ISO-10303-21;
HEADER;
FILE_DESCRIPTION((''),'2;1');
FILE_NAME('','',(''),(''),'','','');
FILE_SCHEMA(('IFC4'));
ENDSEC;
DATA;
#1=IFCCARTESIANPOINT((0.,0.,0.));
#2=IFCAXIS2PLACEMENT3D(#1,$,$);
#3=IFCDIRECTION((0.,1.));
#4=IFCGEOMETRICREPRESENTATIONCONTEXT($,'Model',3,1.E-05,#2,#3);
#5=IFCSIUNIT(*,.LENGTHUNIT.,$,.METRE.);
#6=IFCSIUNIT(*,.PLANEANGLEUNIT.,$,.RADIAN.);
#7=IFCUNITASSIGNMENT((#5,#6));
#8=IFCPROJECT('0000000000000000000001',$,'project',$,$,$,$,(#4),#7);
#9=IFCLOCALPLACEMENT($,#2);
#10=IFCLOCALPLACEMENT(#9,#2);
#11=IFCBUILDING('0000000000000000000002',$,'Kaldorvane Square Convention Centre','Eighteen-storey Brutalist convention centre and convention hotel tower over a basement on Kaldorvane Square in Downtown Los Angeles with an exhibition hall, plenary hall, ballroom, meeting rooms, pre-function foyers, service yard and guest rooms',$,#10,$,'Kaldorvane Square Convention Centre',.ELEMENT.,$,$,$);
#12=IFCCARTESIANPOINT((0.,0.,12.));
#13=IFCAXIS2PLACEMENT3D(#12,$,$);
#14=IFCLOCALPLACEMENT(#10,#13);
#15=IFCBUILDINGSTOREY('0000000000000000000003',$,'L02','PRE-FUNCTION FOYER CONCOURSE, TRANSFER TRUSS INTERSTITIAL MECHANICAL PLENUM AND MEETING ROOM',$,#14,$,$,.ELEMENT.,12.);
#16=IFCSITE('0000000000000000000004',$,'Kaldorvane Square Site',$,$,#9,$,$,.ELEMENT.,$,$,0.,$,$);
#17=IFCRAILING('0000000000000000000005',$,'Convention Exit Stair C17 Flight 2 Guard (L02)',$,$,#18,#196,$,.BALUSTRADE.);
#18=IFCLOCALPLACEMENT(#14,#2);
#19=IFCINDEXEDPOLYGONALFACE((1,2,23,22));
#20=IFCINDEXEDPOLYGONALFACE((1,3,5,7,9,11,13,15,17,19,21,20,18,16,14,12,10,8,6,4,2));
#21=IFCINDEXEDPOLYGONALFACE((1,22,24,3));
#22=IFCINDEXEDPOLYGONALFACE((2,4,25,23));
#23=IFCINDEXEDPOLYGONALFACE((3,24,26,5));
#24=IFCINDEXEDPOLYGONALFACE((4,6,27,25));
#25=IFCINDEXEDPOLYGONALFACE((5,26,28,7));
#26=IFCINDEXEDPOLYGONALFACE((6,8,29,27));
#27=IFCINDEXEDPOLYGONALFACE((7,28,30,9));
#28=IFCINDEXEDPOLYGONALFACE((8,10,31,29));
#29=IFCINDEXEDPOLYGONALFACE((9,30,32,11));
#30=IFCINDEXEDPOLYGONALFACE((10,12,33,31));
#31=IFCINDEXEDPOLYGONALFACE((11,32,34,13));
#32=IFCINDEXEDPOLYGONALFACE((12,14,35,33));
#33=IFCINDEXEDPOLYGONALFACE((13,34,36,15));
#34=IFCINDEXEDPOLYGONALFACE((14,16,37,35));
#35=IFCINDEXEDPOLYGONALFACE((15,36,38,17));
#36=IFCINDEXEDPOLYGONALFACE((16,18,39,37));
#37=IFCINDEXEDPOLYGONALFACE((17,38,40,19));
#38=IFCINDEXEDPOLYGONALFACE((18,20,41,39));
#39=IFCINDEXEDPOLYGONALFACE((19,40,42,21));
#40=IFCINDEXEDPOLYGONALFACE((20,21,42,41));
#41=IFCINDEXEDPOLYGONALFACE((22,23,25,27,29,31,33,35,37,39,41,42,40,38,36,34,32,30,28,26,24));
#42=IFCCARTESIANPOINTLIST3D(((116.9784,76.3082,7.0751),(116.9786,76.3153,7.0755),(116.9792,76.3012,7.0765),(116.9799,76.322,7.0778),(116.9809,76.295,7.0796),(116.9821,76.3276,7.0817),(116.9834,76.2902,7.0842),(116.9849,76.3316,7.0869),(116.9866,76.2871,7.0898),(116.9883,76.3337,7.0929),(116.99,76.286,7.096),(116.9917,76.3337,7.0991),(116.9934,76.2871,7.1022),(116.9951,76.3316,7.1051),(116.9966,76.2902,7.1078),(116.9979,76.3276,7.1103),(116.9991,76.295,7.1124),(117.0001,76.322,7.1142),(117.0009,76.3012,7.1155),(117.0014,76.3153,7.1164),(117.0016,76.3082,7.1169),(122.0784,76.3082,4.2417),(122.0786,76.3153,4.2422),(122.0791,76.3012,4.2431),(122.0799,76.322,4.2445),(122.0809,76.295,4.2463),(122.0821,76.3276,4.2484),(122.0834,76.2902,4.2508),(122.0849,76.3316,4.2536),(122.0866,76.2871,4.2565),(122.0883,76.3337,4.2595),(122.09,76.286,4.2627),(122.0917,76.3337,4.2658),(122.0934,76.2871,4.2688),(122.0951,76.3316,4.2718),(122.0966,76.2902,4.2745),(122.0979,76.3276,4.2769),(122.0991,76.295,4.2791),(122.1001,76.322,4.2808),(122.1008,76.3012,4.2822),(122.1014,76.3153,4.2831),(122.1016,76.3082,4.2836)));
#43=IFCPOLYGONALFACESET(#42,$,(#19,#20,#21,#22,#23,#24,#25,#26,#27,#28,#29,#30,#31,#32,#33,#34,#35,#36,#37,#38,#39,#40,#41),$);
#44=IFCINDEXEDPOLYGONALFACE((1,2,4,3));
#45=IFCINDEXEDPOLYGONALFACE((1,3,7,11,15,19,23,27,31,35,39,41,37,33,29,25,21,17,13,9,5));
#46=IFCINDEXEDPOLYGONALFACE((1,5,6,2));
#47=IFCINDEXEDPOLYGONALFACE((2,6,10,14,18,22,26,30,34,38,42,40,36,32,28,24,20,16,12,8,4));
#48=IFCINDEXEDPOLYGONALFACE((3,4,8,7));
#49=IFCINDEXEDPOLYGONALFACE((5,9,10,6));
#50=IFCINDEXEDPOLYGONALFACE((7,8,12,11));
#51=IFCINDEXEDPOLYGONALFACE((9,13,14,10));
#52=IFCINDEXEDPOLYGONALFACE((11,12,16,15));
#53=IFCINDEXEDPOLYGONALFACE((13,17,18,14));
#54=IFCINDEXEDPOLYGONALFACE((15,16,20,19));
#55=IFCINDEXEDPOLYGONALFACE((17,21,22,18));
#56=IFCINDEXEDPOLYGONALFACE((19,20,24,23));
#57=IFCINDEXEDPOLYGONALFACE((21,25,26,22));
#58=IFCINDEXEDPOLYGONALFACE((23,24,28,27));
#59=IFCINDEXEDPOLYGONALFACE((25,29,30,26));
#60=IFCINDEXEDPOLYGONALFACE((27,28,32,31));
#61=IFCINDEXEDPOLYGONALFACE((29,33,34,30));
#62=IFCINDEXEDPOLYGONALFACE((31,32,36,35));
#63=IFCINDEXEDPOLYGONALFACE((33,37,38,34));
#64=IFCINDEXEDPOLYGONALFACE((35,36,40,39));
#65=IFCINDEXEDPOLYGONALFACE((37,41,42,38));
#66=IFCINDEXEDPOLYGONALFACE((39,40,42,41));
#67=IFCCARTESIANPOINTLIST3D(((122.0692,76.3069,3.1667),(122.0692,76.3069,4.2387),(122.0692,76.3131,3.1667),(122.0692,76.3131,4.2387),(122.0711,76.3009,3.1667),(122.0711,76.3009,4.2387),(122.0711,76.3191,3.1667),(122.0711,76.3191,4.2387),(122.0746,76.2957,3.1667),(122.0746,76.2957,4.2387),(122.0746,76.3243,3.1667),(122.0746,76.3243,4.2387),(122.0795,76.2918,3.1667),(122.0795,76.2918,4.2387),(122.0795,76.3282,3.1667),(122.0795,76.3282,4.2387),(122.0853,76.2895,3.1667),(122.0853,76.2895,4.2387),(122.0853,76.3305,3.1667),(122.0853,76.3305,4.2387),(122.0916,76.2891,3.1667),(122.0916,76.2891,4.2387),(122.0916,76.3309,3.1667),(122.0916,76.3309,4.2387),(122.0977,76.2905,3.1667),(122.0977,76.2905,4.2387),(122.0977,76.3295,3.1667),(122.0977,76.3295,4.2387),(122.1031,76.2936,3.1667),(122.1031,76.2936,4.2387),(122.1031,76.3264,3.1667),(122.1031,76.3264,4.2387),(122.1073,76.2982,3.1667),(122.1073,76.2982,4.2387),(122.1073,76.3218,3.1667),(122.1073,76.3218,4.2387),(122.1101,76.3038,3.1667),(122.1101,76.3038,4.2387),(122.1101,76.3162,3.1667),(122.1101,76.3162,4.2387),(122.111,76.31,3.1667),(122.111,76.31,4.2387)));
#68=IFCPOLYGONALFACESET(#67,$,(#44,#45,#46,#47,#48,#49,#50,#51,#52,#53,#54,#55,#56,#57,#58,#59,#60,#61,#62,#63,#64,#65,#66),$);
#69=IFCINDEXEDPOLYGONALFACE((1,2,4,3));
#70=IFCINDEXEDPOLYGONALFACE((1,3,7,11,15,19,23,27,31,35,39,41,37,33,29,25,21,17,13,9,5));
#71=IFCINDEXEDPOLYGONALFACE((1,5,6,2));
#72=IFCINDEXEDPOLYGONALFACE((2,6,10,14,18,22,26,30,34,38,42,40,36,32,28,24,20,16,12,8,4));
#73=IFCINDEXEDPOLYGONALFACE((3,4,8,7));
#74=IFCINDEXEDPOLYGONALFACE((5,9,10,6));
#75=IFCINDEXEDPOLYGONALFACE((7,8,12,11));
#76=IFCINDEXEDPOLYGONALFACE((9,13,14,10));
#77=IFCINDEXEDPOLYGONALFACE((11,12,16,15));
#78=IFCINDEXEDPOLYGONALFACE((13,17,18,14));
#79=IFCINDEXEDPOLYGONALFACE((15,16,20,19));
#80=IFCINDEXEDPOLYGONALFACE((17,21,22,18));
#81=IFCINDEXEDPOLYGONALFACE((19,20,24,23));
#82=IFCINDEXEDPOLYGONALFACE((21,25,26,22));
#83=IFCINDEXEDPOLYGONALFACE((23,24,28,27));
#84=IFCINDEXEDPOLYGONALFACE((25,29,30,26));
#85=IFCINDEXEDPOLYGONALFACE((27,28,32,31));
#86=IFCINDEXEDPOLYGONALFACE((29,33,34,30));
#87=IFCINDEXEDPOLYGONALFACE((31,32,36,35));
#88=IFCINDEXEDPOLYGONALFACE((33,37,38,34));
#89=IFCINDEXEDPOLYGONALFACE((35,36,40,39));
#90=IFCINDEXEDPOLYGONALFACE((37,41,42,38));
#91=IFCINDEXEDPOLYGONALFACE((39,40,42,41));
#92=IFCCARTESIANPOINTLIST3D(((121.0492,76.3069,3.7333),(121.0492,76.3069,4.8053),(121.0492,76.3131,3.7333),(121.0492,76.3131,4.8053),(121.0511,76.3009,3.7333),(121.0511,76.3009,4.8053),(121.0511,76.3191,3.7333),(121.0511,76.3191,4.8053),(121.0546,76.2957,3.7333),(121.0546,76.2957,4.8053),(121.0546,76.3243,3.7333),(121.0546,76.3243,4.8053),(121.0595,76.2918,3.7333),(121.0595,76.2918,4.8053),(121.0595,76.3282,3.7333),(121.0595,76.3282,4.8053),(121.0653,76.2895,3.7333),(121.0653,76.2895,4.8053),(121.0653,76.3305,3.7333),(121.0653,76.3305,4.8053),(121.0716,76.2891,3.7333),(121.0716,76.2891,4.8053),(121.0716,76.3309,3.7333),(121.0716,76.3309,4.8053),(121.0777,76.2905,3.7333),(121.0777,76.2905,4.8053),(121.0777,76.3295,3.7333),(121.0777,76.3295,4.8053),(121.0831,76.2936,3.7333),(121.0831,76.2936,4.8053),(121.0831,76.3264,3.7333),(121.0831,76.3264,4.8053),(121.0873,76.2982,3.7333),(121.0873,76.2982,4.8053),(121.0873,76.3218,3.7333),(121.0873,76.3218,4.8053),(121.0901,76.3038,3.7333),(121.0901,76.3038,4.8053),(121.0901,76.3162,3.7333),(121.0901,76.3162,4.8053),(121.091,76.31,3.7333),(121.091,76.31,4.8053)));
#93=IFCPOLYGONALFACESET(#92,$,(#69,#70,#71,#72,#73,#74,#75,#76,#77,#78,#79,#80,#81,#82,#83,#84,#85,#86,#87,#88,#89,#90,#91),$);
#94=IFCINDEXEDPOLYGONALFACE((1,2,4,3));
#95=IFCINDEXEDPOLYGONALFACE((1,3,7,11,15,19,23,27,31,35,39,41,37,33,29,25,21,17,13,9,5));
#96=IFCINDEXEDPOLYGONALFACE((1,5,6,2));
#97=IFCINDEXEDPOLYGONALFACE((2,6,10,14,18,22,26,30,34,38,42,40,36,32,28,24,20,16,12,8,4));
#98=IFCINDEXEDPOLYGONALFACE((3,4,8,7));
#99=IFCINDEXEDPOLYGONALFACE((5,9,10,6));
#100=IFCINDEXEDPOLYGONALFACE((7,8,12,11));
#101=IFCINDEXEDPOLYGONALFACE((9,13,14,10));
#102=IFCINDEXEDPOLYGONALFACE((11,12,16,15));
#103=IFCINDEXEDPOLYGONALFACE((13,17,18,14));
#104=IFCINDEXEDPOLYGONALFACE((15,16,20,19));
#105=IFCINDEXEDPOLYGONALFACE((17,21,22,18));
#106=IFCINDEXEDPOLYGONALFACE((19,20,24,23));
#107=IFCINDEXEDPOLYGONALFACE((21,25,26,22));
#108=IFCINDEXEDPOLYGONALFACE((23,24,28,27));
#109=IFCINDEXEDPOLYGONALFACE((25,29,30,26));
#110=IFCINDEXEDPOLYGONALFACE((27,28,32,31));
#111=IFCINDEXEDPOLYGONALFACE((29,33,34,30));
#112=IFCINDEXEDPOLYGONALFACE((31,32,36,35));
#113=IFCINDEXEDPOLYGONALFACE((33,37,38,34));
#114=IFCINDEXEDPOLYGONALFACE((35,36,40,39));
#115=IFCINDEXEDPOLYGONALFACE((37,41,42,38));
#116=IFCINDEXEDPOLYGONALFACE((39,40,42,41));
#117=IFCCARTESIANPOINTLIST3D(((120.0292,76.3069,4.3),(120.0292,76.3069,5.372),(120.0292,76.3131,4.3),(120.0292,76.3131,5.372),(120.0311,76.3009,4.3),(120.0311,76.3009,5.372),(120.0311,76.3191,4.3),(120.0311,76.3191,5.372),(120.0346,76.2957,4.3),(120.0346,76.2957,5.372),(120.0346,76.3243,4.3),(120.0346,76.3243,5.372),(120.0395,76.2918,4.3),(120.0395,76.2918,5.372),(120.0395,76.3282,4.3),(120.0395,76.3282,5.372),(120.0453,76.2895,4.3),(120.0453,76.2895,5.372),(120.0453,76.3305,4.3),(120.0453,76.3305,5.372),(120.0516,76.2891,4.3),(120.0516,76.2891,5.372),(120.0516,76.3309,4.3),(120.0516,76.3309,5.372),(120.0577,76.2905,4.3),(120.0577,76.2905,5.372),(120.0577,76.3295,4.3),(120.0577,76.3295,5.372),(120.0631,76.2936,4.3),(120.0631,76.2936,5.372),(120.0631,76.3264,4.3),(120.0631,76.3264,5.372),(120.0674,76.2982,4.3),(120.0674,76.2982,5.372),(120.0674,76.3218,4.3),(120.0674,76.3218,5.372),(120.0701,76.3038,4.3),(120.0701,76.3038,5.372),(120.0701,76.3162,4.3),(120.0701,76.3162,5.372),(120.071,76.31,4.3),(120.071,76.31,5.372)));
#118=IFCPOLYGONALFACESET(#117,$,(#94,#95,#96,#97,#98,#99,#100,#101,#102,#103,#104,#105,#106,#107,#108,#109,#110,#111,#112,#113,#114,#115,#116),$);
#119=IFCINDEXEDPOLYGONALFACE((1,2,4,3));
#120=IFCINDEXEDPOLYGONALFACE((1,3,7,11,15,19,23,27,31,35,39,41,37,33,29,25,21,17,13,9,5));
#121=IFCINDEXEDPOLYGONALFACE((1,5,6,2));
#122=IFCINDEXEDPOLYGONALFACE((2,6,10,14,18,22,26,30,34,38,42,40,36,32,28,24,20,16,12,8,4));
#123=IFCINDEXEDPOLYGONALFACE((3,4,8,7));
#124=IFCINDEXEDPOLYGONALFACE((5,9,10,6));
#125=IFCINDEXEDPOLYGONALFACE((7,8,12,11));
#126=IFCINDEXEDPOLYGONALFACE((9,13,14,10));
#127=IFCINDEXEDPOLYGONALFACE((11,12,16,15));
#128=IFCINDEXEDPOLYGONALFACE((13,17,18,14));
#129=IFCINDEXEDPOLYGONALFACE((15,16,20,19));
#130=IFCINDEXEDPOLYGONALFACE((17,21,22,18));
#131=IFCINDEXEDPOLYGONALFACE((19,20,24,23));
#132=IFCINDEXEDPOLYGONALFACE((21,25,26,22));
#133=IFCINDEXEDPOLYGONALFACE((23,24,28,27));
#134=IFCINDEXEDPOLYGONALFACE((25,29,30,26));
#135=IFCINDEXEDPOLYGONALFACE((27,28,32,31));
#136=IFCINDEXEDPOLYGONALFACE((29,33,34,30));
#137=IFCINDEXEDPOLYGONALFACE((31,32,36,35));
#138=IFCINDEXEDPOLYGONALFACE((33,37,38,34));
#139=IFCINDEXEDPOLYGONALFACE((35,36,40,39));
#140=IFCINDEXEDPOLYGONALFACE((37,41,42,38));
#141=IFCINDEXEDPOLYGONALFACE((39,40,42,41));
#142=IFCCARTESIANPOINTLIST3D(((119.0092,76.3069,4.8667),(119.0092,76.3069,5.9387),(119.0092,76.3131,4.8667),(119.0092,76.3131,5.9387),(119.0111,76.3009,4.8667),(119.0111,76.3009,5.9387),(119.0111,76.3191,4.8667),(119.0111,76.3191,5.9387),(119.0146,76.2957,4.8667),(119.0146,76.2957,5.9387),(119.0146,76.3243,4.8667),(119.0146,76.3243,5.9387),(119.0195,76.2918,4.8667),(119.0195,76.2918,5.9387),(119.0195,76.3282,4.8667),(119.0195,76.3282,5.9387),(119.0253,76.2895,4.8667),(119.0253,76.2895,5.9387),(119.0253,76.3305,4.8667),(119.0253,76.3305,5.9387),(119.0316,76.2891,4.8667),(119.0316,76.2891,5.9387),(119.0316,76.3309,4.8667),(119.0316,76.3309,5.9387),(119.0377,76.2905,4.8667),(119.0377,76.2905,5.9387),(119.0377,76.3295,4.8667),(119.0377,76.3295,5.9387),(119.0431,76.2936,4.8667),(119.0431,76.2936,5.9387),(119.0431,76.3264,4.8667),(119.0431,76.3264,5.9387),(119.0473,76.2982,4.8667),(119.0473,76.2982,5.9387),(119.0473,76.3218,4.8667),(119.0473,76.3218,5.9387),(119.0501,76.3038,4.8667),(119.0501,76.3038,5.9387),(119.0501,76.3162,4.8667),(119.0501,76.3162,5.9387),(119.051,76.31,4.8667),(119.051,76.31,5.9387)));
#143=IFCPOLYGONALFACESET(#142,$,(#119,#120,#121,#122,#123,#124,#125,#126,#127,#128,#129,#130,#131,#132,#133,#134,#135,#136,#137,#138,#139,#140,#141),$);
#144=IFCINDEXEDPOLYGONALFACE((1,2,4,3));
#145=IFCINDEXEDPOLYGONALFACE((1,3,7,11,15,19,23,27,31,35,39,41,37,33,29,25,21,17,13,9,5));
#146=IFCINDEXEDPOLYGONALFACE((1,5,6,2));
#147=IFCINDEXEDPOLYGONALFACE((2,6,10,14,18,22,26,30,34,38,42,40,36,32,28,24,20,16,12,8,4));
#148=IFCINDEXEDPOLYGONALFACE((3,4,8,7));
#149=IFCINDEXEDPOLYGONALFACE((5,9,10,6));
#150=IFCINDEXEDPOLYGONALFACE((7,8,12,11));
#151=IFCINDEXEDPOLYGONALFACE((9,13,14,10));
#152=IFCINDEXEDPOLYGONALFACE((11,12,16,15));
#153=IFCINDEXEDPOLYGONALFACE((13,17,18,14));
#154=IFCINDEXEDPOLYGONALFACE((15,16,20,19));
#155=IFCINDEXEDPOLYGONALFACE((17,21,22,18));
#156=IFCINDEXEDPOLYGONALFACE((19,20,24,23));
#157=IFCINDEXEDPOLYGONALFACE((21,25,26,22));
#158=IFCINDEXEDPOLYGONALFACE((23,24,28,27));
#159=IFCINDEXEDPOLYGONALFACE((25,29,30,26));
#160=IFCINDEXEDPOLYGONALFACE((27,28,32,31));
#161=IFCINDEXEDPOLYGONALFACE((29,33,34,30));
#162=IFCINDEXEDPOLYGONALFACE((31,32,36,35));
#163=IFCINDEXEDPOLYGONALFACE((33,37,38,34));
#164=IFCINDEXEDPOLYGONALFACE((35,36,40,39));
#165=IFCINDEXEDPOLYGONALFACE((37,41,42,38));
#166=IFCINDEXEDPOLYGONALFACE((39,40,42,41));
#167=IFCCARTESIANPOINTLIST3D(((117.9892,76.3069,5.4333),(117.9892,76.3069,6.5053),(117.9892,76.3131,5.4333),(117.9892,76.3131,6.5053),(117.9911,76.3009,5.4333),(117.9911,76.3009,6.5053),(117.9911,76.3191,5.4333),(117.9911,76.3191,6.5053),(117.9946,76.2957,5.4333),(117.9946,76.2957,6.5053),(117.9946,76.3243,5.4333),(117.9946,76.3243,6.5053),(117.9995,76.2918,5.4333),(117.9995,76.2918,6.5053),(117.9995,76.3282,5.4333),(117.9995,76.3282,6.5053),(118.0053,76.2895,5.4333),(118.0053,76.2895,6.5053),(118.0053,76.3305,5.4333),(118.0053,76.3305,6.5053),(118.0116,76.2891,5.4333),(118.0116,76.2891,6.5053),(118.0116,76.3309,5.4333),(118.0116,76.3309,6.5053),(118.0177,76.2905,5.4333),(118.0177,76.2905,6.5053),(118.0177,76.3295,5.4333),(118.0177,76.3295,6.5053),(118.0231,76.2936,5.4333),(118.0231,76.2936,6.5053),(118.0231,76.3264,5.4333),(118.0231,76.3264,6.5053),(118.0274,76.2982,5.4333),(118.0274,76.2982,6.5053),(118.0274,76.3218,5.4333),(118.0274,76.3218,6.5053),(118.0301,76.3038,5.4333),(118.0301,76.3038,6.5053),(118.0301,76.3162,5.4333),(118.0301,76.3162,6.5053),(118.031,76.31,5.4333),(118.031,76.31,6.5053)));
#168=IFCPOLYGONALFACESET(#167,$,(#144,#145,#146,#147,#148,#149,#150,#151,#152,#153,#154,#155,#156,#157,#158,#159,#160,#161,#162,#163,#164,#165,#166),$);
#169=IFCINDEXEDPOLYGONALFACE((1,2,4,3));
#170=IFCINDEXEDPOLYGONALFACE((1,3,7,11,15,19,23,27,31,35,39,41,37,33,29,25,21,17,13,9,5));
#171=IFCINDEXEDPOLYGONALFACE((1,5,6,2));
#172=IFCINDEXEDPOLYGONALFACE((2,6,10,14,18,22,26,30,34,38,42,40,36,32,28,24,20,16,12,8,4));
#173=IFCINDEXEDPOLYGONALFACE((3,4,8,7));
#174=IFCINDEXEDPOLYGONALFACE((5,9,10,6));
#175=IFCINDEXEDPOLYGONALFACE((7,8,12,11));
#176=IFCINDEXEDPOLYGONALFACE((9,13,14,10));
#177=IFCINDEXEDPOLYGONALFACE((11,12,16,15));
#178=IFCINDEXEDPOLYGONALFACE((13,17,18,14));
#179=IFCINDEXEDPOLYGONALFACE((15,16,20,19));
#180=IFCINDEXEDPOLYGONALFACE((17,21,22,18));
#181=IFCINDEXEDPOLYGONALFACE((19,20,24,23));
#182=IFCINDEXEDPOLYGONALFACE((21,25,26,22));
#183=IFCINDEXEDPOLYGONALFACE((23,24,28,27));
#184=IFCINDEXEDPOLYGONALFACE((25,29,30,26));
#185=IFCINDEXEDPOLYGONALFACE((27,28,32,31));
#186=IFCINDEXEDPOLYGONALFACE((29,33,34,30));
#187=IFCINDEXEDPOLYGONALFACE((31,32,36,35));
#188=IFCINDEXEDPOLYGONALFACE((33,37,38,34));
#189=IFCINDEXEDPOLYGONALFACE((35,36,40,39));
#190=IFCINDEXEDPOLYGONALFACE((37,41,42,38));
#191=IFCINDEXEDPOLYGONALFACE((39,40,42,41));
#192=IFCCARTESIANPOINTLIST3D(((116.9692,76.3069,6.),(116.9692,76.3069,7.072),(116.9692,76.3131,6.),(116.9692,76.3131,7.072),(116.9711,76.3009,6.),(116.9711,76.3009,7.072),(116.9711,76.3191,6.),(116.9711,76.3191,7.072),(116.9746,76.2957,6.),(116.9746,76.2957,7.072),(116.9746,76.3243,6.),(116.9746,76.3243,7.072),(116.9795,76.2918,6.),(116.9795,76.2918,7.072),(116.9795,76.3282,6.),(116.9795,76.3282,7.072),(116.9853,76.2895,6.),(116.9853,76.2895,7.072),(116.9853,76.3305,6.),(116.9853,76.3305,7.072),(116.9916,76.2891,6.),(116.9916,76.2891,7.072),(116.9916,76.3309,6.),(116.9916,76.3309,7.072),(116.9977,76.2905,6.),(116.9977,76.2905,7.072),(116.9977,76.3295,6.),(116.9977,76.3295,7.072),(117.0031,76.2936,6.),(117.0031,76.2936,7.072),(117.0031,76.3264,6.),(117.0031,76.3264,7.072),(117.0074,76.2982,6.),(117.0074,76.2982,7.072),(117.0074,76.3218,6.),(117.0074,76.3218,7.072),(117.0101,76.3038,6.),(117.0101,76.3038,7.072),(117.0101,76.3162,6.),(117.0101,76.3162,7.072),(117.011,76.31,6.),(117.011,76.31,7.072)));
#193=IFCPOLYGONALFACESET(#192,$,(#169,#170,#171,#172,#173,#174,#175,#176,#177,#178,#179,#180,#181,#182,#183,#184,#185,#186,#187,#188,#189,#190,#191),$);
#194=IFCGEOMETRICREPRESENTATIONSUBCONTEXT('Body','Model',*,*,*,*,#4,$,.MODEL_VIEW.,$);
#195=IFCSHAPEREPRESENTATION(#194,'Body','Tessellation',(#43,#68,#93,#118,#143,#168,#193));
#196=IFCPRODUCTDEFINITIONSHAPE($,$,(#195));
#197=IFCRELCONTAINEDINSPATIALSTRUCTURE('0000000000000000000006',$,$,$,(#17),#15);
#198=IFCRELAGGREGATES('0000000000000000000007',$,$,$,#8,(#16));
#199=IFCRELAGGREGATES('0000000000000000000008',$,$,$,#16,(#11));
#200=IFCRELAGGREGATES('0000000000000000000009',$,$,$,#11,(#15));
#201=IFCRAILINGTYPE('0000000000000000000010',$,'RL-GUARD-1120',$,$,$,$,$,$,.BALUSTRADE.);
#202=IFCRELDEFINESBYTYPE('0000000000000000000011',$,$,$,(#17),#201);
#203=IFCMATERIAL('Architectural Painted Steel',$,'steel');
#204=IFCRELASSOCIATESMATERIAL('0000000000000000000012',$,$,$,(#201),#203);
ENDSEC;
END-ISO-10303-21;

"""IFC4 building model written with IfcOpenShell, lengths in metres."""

from ifc_helpers import new_model, si_unit, direction, frame, origin, origin_2d, place, context, subcontext, project, spatial, circle, extrude, material, type_object, element, save


model = new_model("IFC4")

# Units and contexts
model_context = context("Model", 3, precision=1e-05, world=origin(), true_north=direction((0.0, 1.0)))
body_context = subcontext(model_context, "Body", "Model", "MODEL_VIEW")
ifc_project = project(units=[si_unit("LENGTHUNIT", "METRE"), si_unit("PLANEANGLEUNIT", "RADIAN")], contexts=[model_context])

# Site, building, storey
site_placement = place(None, origin())
site = spatial("IfcSite", under=ifc_project, at=site_placement, Name="Kaldorvane Square Site", CompositionType="ELEMENT", RefElevation=0.0)
building_placement = place(site_placement, origin())
building = spatial("IfcBuilding", under=site, at=building_placement, Name="Kaldorvane Square Convention Centre", Description="Eighteen-storey Brutalist convention centre and convention hotel tower over a basement on Kaldorvane Square in Downtown Los Angeles with an exhibition hall, plenary hall, ballroom, meeting rooms, pre-function foyers, service yard and guest rooms", LongName="Kaldorvane Square Convention Centre", CompositionType="ELEMENT")
storey_placement = place(building_placement, frame((0.0, 0.0, 12.0)))
storey = spatial("IfcBuildingStorey", under=building, at=storey_placement, Name="L02", Description="PRE-FUNCTION FOYER CONCOURSE, TRANSFER TRUSS INTERSTITIAL MECHANICAL PLENUM AND MEETING ROOM", CompositionType="ELEMENT", Elevation=12.0)

# Railing
ifc_material_1 = material(Name="Architectural Painted Steel", Category="steel")
railing_type_1 = type_object("IfcRailingType", Name="RL-GUARD-1120", PredefinedType="BALUSTRADE", material=ifc_material_1)
railing_1_placement = place(storey_placement, frame((122.09, 76.31, 3.1667)))
element("IfcRailing", 1, at=railing_1_placement, inside=storey, type_object=railing_type_1, Name="Convention Exit Stair C17 Flight 2 Guard (L02)", PredefinedType="BALUSTRADE", context=body_context, shape_type="SweptSolid", body=[
    extrude(circle(Radius=0.024, at=origin_2d()), frame((0.0, 0.0, 1.096), z_axis=(-0.874157, 0.0, 0.485643), x_axis=(0.0, -1.0, 0.0)), (0.0, 0.0, 1.0), 5.8342),
    extrude(circle(Radius=0.021, at=origin_2d()), origin(), (0.0, 0.0, 1.0), 1.072),
    extrude(circle(Radius=0.021, at=origin_2d()), frame((-1.02, 0.0, 0.5667)), (0.0, 0.0, 1.0), 1.072),
    extrude(circle(Radius=0.021, at=origin_2d()), frame((-2.04, 0.0, 1.1333)), (0.0, 0.0, 1.0), 1.072),
    extrude(circle(Radius=0.021, at=origin_2d()), frame((-3.06, 0.0, 1.7)), (0.0, 0.0, 1.0), 1.072),
    extrude(circle(Radius=0.021, at=origin_2d()), frame((-4.08, 0.0, 2.2667)), (0.0, 0.0, 1.0), 1.072),
    extrude(circle(Radius=0.021, at=origin_2d()), frame((-5.1, 0.0, 2.8333)), (0.0, 0.0, 1.0), 1.072),
])

save(model, "model.ifc")
